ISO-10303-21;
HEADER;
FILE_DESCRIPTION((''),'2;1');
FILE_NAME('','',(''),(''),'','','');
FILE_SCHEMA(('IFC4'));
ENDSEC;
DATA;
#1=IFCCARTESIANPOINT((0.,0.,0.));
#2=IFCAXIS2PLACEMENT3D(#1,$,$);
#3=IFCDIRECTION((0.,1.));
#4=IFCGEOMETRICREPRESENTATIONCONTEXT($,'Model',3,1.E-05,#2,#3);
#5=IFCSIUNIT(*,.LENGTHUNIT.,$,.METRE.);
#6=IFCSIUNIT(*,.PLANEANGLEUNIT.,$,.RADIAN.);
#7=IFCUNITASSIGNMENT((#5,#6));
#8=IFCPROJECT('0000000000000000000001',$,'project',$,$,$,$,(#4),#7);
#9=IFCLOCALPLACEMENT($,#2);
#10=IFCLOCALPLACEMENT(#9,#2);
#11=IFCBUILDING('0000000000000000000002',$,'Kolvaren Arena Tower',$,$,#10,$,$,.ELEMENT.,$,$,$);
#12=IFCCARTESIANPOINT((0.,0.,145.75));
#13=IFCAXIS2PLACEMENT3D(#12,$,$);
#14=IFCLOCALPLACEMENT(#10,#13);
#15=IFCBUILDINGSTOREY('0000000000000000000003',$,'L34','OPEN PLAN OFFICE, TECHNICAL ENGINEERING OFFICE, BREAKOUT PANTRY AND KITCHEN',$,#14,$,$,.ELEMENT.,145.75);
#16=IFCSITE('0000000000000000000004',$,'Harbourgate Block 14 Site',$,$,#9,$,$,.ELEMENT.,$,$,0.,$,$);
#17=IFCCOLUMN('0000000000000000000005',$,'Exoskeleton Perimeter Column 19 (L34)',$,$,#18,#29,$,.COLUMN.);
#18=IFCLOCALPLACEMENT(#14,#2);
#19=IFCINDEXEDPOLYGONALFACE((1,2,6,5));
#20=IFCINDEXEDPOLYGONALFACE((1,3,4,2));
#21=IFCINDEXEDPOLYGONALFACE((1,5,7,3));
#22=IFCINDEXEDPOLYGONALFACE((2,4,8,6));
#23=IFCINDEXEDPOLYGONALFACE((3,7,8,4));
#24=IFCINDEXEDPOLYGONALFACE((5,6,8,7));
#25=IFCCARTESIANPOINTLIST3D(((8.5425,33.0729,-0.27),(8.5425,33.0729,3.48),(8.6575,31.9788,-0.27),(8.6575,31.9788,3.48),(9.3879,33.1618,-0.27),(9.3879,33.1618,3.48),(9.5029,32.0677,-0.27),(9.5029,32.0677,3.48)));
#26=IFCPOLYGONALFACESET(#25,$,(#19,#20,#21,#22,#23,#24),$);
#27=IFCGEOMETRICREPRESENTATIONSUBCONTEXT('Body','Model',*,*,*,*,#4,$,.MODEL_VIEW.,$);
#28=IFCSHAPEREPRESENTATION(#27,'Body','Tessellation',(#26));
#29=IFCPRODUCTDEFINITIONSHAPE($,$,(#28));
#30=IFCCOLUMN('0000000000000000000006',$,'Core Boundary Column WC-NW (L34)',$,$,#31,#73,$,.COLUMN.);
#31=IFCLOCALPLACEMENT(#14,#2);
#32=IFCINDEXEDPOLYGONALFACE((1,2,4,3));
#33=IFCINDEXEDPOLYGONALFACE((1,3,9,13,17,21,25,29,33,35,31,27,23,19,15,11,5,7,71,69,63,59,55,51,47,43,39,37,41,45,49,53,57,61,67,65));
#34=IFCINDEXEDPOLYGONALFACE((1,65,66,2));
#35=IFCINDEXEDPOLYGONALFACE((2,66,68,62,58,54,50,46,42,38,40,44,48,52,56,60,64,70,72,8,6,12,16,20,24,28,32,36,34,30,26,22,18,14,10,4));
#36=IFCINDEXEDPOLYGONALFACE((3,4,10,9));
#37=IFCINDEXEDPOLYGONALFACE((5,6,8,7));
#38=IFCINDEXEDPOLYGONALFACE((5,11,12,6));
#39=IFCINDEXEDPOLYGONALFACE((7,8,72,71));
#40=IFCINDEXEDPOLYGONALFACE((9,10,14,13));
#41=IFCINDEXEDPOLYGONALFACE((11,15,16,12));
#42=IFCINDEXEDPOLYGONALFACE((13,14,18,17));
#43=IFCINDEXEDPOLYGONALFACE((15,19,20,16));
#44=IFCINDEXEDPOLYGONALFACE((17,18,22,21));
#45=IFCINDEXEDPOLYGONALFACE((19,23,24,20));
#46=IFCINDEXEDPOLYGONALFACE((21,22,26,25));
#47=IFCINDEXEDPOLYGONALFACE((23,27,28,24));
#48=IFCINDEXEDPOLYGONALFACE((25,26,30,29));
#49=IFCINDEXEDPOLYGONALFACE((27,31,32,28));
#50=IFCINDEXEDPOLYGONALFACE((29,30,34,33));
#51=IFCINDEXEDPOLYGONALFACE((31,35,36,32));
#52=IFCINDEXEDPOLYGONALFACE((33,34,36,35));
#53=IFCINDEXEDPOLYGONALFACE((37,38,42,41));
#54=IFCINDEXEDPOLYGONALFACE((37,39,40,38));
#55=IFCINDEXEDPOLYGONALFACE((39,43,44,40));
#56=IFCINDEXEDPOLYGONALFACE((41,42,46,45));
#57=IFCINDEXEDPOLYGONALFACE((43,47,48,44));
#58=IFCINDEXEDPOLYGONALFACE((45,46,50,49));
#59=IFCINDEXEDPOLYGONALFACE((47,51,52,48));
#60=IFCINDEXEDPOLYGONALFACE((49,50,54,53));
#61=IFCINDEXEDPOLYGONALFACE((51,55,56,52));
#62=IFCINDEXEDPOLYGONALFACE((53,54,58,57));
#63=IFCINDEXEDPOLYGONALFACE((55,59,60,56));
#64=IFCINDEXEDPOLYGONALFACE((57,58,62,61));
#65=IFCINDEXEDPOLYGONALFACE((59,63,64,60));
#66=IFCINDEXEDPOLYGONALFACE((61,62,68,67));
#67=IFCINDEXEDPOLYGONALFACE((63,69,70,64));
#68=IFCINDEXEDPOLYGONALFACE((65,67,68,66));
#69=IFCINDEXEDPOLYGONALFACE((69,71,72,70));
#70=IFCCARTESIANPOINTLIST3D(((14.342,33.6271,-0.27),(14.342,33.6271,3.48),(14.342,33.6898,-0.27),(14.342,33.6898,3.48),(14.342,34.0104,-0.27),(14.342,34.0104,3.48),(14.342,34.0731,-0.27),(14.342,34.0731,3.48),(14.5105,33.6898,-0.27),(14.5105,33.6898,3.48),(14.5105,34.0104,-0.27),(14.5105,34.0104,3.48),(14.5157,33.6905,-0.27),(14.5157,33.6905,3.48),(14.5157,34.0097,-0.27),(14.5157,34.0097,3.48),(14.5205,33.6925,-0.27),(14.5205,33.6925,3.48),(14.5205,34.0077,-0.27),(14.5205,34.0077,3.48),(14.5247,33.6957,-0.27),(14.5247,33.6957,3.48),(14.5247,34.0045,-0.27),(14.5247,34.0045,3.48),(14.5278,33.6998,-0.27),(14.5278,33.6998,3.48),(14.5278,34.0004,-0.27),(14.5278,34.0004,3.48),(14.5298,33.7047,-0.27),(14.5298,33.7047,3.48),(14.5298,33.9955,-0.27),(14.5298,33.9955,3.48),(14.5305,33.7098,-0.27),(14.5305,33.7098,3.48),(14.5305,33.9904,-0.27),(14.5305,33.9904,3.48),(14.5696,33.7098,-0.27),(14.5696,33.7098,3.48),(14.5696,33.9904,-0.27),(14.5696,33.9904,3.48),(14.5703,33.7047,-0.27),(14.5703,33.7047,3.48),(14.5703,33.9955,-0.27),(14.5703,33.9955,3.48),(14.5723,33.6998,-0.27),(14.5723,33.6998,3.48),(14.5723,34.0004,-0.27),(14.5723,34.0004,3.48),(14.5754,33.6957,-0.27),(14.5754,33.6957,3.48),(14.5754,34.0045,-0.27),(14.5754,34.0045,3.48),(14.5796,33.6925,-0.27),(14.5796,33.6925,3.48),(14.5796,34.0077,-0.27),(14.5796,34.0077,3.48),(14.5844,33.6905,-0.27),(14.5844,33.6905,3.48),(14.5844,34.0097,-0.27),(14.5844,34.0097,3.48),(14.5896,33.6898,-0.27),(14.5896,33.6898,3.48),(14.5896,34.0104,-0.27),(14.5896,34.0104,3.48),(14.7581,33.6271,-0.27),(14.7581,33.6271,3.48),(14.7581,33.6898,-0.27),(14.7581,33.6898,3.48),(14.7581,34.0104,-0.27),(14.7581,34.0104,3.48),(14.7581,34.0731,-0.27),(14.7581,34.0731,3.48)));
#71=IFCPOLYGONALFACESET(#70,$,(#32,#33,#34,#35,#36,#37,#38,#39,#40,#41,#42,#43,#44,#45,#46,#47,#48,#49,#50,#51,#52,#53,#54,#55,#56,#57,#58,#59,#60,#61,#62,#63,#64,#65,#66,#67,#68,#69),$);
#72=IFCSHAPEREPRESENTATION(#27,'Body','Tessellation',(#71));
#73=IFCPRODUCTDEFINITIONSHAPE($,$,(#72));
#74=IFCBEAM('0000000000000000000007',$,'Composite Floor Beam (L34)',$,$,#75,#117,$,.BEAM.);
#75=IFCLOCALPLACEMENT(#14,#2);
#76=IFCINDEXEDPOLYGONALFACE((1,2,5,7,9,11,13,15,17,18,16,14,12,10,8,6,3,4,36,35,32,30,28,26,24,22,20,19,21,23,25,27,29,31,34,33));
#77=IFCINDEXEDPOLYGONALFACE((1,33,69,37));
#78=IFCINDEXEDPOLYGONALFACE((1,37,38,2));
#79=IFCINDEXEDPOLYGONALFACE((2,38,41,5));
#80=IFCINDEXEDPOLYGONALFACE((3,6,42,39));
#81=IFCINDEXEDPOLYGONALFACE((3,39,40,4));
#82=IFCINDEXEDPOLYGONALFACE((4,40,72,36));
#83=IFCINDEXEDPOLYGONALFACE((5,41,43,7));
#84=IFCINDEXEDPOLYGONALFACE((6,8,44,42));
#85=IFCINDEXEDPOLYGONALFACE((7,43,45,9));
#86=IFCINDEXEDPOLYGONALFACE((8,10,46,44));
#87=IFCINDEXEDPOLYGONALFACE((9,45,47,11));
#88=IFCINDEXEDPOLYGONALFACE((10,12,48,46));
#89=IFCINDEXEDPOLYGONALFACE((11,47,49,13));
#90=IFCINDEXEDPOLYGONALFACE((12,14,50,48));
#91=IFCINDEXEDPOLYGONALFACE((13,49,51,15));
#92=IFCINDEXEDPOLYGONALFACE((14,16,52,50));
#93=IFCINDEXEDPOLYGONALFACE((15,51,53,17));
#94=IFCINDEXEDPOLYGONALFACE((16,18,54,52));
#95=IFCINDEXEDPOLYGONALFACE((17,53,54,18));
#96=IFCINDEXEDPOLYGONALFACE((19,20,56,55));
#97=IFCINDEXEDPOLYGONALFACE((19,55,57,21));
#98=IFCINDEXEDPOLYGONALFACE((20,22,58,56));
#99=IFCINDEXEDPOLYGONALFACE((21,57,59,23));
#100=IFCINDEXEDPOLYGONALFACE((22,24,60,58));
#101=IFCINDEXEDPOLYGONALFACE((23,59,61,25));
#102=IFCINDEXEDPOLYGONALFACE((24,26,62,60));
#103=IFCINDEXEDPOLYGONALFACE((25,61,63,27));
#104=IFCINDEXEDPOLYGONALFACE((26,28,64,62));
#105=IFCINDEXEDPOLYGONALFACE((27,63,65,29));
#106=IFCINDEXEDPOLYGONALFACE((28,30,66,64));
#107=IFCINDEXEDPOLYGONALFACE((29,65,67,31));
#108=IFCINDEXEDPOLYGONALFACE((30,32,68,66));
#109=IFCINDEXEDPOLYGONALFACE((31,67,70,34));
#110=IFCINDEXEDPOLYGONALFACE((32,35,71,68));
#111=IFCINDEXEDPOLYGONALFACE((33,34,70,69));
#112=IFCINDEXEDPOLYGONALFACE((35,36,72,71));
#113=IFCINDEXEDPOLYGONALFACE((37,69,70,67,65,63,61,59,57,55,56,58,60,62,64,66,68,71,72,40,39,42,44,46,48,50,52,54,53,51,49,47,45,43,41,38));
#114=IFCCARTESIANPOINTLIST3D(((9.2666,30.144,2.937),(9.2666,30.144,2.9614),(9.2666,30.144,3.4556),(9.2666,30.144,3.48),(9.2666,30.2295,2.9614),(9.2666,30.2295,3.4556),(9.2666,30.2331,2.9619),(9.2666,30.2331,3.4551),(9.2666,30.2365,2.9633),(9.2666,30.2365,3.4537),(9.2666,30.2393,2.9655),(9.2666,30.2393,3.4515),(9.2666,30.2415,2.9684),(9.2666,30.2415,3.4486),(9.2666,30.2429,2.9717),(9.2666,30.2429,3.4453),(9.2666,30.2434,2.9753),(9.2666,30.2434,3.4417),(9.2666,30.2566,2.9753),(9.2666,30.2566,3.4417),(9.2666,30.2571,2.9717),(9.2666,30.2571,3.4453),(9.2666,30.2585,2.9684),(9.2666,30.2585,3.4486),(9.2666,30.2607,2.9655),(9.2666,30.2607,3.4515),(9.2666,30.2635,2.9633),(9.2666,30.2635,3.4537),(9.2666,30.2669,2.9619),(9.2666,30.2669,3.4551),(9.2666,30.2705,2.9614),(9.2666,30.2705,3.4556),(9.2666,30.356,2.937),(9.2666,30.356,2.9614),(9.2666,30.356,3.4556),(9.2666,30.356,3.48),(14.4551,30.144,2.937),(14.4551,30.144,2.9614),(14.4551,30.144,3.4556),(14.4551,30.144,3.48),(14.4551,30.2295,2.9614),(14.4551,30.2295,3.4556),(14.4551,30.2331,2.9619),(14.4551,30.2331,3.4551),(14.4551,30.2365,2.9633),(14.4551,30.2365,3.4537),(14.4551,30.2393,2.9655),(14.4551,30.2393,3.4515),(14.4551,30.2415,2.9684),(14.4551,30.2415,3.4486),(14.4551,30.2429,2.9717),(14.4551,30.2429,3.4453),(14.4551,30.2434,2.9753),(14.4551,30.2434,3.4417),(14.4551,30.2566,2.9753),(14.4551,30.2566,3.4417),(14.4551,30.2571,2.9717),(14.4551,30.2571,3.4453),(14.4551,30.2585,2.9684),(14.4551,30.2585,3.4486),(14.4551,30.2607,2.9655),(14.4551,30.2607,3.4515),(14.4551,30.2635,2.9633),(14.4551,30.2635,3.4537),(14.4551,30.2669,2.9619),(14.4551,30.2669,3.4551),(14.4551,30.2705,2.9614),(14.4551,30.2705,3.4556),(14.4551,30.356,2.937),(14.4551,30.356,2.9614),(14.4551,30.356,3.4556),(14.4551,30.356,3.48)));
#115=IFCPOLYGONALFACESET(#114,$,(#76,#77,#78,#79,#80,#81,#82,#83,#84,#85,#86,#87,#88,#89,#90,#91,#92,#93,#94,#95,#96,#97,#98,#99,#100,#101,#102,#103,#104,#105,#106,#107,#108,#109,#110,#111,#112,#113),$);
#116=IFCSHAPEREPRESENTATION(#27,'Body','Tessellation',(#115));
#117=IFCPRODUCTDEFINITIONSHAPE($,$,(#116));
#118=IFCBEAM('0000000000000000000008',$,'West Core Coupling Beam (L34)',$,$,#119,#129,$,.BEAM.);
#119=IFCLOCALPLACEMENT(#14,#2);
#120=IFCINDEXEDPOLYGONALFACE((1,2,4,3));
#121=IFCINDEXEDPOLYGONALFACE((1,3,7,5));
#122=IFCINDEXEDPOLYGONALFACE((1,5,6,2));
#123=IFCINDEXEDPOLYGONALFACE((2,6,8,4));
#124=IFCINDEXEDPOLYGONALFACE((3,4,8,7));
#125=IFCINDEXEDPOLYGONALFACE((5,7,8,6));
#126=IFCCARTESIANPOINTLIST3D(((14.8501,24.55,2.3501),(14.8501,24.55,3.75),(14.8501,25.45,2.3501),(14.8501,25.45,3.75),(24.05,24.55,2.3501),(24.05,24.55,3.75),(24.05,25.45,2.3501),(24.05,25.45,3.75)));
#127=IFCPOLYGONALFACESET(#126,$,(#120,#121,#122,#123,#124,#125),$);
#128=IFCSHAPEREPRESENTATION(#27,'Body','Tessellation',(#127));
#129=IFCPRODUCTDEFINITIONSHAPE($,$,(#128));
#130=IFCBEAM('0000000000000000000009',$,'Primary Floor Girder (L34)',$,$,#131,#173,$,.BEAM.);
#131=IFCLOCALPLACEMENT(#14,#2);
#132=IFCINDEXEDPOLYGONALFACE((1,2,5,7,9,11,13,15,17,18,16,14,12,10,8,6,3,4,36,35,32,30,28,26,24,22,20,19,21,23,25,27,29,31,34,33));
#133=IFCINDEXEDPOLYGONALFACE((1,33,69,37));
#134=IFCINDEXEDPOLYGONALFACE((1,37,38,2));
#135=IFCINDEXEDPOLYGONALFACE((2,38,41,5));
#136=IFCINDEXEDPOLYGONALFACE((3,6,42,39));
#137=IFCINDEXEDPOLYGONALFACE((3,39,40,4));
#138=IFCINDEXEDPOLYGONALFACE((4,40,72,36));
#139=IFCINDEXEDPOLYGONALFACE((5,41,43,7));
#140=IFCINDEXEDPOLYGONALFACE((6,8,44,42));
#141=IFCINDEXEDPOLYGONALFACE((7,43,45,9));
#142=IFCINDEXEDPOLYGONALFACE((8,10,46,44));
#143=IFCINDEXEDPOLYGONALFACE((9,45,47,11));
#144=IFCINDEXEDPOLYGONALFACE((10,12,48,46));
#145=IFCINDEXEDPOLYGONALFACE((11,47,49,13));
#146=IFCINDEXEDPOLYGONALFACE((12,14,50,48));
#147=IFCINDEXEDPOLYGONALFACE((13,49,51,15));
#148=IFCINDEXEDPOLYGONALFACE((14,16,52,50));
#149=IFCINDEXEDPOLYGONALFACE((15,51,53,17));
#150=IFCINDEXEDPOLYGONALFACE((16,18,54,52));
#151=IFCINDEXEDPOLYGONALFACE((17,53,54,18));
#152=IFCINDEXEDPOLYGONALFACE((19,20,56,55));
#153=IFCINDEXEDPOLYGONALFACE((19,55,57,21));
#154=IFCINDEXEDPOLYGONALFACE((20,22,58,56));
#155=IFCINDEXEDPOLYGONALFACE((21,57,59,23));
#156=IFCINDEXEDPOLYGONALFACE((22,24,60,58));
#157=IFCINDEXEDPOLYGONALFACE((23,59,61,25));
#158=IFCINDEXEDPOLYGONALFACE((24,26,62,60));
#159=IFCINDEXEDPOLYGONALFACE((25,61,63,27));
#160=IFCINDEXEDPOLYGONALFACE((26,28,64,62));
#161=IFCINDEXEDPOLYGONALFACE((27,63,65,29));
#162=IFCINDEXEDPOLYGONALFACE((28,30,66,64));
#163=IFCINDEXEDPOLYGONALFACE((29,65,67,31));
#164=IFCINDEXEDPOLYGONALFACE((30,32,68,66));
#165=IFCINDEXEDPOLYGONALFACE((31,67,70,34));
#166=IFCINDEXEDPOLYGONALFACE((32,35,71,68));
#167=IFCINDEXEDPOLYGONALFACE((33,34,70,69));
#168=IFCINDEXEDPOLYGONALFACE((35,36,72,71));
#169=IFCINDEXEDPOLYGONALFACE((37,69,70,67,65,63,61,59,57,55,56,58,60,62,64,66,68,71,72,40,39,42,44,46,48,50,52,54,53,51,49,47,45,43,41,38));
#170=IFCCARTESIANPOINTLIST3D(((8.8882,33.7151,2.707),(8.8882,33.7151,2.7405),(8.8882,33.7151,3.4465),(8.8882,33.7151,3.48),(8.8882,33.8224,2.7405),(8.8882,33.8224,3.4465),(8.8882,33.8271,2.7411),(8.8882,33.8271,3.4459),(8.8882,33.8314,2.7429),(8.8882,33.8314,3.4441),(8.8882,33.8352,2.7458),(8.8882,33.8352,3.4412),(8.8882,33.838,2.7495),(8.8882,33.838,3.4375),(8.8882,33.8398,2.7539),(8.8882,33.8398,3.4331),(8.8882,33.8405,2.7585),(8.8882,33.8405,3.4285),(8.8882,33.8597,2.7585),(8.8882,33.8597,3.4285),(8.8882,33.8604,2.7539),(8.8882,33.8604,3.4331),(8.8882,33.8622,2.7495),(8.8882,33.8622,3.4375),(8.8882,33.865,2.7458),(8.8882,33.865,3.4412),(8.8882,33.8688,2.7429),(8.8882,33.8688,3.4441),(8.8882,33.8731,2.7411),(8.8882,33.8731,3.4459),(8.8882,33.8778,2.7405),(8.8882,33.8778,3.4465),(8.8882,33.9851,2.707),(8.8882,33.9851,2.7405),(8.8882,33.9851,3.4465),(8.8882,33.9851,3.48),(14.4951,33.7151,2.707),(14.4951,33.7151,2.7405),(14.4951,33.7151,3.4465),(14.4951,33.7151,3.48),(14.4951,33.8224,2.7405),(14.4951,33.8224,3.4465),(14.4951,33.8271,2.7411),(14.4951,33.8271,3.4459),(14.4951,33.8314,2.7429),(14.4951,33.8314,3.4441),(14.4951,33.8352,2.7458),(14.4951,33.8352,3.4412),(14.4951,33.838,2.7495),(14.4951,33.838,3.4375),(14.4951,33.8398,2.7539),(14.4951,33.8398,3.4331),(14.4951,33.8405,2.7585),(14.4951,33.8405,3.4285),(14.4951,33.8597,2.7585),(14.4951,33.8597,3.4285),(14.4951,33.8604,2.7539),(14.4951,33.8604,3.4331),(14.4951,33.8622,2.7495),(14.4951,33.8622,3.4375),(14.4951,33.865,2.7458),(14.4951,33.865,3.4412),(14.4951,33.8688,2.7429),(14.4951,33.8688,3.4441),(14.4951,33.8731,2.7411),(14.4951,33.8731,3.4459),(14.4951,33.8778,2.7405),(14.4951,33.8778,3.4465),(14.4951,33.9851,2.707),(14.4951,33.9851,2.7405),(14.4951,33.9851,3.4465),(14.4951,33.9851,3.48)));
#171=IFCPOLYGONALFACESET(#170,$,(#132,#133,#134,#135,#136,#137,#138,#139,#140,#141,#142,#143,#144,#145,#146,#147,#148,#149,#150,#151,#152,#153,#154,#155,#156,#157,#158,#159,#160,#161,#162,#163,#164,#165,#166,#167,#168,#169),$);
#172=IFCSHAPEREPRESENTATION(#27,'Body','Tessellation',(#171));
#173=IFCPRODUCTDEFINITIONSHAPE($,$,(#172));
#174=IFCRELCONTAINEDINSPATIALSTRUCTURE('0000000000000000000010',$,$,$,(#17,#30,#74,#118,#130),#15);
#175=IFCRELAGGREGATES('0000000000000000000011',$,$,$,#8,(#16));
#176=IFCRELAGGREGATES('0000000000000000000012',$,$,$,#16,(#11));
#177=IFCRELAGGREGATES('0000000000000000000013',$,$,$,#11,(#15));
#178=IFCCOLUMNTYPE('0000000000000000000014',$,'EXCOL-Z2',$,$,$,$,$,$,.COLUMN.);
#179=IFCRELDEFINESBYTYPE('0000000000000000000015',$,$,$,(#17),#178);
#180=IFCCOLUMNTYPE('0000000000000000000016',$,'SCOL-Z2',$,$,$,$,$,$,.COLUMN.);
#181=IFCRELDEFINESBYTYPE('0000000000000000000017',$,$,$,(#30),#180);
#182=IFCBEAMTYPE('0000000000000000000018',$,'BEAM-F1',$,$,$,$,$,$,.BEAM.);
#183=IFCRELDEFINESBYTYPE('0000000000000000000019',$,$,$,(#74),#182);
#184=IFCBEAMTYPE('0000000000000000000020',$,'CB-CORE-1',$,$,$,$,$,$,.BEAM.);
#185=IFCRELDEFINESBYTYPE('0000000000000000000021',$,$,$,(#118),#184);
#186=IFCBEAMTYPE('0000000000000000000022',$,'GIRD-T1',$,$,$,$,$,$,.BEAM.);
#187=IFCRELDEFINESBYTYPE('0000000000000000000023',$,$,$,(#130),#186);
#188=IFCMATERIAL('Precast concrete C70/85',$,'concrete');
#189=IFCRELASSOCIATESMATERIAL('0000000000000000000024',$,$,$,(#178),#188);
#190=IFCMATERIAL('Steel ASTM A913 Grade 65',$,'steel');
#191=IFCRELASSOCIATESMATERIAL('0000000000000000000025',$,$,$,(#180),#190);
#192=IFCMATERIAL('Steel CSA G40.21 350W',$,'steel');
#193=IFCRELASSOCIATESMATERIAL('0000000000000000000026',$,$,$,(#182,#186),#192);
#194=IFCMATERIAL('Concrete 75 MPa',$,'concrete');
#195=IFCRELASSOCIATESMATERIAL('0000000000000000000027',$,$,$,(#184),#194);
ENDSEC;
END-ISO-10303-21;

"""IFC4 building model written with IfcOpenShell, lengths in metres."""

from ifc_helpers import new_model, si_unit, direction, frame, origin, origin_2d, place, context, subcontext, project, spatial, rectangle, i_section, extrude, material, material_profile, profile_set, type_object, element, save


model = new_model("IFC4")

# Units and contexts
model_context = context("Model", 3, precision=1e-05, world=origin(), true_north=direction((0.0, 1.0)))
body_context = subcontext(model_context, "Body", "Model", "MODEL_VIEW")
ifc_project = project(units=[si_unit("LENGTHUNIT", "METRE"), si_unit("PLANEANGLEUNIT", "RADIAN")], contexts=[model_context])

# Site, building, storey
site_placement = place(None, origin())
site = spatial("IfcSite", under=ifc_project, at=site_placement, Name="Harbourgate Block 14 Site", CompositionType="ELEMENT", RefElevation=0.0)
building_placement = place(site_placement, origin())
building = spatial("IfcBuilding", under=site, at=building_placement, Name="Kolvaren Arena Tower", CompositionType="ELEMENT")
storey_placement = place(building_placement, frame((0.0, 0.0, 145.75)))
storey = spatial("IfcBuildingStorey", under=building, at=storey_placement, Name="L34", Description="OPEN PLAN OFFICE, TECHNICAL ENGINEERING OFFICE, BREAKOUT PANTRY AND KITCHEN", CompositionType="ELEMENT", Elevation=145.75)

# Columns
ifc_material_1 = material(Name="Precast concrete C70/85", Category="concrete")
ifc_material_profile_1 = material_profile(ifc_material_1, rectangle(XDim=1.1001, YDim=0.8501, at=origin_2d()), Name="RC-1100x850")
ifc_profile_set_1 = profile_set([ifc_material_profile_1], Name="Precast concrete C70/85")
column_type_1 = type_object("IfcColumnType", Name="EXCOL-Z2", PredefinedType="COLUMN", material=ifc_profile_set_1)
column_1_placement = place(storey_placement, frame((9.0227, 32.5703, -0.27), z_axis=(0.0, 0.0, 1.0), x_axis=(-0.104528, 0.994522, 0.0)))
element("IfcColumn", 1, at=column_1_placement, inside=storey, type_object=column_type_1, Name="Exoskeleton Perimeter Column 19 (L34)", PredefinedType="COLUMN", context=body_context, shape_type="SweptSolid", body=[
    extrude(rectangle(XDim=1.1001, YDim=0.8501, at=origin_2d()), origin(), (0.0, 0.0, 1.0), 3.75),
])
ifc_material_2 = material(Name="Steel ASTM A913 Grade 65", Category="steel")
ifc_material_profile_2 = material_profile(ifc_material_2, i_section(OverallWidth=0.416, OverallDepth=0.446, WebThickness=0.0391, FlangeThickness=0.0627, FilletRadius=0.02, at=origin_2d()), Name="W360x509")
ifc_profile_set_2 = profile_set([ifc_material_profile_2], Name="Steel ASTM A913 Grade 65")
column_type_2 = type_object("IfcColumnType", Name="SCOL-Z2", PredefinedType="COLUMN", material=ifc_profile_set_2)
column_2_placement = place(storey_placement, frame((14.55, 33.8501, -0.27), z_axis=(0.0, 0.0, 1.0), x_axis=(1.0, 0.0, 0.0)))
element("IfcColumn", 2, at=column_2_placement, inside=storey, type_object=column_type_2, Name="Core Boundary Column WC-NW (L34)", PredefinedType="COLUMN", context=body_context, shape_type="SweptSolid", body=[
    extrude(i_section(OverallWidth=0.416, OverallDepth=0.446, WebThickness=0.0391, FlangeThickness=0.0627, FilletRadius=0.02, at=origin_2d()), origin(), (0.0, 0.0, 1.0), 3.75),
])

# Beams
ifc_material_3 = material(Name="Steel CSA G40.21 350W", Category="steel")
ifc_material_profile_3 = material_profile(ifc_material_3, i_section(OverallWidth=0.2119, OverallDepth=0.543, WebThickness=0.0132, FlangeThickness=0.0244, FilletRadius=0.0139, at=origin_2d()), Name="W530x150")
ifc_profile_set_3 = profile_set([ifc_material_profile_3], Name="Steel CSA G40.21 350W")
beam_type_1 = type_object("IfcBeamType", Name="BEAM-F1", PredefinedType="BEAM", material=ifc_profile_set_3)
beam_1_placement = place(storey_placement, frame((9.2666, 30.25, 3.2085), z_axis=(1.0, 0.0, 0.0), x_axis=(0.0, 1.0, 0.0)))
element("IfcBeam", 3, at=beam_1_placement, inside=storey, type_object=beam_type_1, Name="Composite Floor Beam (L34)", PredefinedType="BEAM", context=body_context, shape_type="SweptSolid", body=[
    extrude(i_section(OverallWidth=0.2119, OverallDepth=0.543, WebThickness=0.0132, FlangeThickness=0.0244, FilletRadius=0.0139, at=origin_2d()), origin(), (0.0, 0.0, 1.0), 5.1885),
])
ifc_material_4 = material(Name="Concrete 75 MPa", Category="concrete")
ifc_material_profile_4 = material_profile(ifc_material_4, rectangle(XDim=0.8999, YDim=1.3999, at=origin_2d()), Name="RC-900x1400")
ifc_profile_set_4 = profile_set([ifc_material_profile_4], Name="Concrete 75 MPa")
beam_type_2 = type_object("IfcBeamType", Name="CB-CORE-1", PredefinedType="BEAM", material=ifc_profile_set_4)
beam_2_placement = place(storey_placement, frame((14.8501, 25.0, 3.05), z_axis=(1.0, 0.0, 0.0), x_axis=(0.0, 1.0, 0.0)))
element("IfcBeam", 4, at=beam_2_placement, inside=storey, type_object=beam_type_2, Name="West Core Coupling Beam (L34)", PredefinedType="BEAM", context=body_context, shape_type="SweptSolid", body=[
    extrude(rectangle(XDim=0.8999, YDim=1.3999, at=origin_2d()), origin(), (0.0, 0.0, 1.0), 9.2),
])
ifc_material_profile_5 = material_profile(ifc_material_3, i_section(OverallWidth=0.27, OverallDepth=0.7729, WebThickness=0.0193, FlangeThickness=0.0334, FilletRadius=0.0181, at=origin_2d()), Name="W760x257")
ifc_profile_set_5 = profile_set([ifc_material_profile_5], Name="Steel CSA G40.21 350W")
beam_type_3 = type_object("IfcBeamType", Name="GIRD-T1", PredefinedType="BEAM", material=ifc_profile_set_5)
beam_3_placement = place(storey_placement, frame((8.8882, 33.8501, 3.0935), z_axis=(1.0, 0.0, 0.0), x_axis=(0.0, 1.0, 0.0)))
element("IfcBeam", 5, at=beam_3_placement, inside=storey, type_object=beam_type_3, Name="Primary Floor Girder (L34)", PredefinedType="BEAM", context=body_context, shape_type="SweptSolid", body=[
    extrude(i_section(OverallWidth=0.27, OverallDepth=0.7729, WebThickness=0.0193, FlangeThickness=0.0334, FilletRadius=0.0181, at=origin_2d()), origin(), (0.0, 0.0, 1.0), 5.6069),
])

save(model, "model.ifc")
